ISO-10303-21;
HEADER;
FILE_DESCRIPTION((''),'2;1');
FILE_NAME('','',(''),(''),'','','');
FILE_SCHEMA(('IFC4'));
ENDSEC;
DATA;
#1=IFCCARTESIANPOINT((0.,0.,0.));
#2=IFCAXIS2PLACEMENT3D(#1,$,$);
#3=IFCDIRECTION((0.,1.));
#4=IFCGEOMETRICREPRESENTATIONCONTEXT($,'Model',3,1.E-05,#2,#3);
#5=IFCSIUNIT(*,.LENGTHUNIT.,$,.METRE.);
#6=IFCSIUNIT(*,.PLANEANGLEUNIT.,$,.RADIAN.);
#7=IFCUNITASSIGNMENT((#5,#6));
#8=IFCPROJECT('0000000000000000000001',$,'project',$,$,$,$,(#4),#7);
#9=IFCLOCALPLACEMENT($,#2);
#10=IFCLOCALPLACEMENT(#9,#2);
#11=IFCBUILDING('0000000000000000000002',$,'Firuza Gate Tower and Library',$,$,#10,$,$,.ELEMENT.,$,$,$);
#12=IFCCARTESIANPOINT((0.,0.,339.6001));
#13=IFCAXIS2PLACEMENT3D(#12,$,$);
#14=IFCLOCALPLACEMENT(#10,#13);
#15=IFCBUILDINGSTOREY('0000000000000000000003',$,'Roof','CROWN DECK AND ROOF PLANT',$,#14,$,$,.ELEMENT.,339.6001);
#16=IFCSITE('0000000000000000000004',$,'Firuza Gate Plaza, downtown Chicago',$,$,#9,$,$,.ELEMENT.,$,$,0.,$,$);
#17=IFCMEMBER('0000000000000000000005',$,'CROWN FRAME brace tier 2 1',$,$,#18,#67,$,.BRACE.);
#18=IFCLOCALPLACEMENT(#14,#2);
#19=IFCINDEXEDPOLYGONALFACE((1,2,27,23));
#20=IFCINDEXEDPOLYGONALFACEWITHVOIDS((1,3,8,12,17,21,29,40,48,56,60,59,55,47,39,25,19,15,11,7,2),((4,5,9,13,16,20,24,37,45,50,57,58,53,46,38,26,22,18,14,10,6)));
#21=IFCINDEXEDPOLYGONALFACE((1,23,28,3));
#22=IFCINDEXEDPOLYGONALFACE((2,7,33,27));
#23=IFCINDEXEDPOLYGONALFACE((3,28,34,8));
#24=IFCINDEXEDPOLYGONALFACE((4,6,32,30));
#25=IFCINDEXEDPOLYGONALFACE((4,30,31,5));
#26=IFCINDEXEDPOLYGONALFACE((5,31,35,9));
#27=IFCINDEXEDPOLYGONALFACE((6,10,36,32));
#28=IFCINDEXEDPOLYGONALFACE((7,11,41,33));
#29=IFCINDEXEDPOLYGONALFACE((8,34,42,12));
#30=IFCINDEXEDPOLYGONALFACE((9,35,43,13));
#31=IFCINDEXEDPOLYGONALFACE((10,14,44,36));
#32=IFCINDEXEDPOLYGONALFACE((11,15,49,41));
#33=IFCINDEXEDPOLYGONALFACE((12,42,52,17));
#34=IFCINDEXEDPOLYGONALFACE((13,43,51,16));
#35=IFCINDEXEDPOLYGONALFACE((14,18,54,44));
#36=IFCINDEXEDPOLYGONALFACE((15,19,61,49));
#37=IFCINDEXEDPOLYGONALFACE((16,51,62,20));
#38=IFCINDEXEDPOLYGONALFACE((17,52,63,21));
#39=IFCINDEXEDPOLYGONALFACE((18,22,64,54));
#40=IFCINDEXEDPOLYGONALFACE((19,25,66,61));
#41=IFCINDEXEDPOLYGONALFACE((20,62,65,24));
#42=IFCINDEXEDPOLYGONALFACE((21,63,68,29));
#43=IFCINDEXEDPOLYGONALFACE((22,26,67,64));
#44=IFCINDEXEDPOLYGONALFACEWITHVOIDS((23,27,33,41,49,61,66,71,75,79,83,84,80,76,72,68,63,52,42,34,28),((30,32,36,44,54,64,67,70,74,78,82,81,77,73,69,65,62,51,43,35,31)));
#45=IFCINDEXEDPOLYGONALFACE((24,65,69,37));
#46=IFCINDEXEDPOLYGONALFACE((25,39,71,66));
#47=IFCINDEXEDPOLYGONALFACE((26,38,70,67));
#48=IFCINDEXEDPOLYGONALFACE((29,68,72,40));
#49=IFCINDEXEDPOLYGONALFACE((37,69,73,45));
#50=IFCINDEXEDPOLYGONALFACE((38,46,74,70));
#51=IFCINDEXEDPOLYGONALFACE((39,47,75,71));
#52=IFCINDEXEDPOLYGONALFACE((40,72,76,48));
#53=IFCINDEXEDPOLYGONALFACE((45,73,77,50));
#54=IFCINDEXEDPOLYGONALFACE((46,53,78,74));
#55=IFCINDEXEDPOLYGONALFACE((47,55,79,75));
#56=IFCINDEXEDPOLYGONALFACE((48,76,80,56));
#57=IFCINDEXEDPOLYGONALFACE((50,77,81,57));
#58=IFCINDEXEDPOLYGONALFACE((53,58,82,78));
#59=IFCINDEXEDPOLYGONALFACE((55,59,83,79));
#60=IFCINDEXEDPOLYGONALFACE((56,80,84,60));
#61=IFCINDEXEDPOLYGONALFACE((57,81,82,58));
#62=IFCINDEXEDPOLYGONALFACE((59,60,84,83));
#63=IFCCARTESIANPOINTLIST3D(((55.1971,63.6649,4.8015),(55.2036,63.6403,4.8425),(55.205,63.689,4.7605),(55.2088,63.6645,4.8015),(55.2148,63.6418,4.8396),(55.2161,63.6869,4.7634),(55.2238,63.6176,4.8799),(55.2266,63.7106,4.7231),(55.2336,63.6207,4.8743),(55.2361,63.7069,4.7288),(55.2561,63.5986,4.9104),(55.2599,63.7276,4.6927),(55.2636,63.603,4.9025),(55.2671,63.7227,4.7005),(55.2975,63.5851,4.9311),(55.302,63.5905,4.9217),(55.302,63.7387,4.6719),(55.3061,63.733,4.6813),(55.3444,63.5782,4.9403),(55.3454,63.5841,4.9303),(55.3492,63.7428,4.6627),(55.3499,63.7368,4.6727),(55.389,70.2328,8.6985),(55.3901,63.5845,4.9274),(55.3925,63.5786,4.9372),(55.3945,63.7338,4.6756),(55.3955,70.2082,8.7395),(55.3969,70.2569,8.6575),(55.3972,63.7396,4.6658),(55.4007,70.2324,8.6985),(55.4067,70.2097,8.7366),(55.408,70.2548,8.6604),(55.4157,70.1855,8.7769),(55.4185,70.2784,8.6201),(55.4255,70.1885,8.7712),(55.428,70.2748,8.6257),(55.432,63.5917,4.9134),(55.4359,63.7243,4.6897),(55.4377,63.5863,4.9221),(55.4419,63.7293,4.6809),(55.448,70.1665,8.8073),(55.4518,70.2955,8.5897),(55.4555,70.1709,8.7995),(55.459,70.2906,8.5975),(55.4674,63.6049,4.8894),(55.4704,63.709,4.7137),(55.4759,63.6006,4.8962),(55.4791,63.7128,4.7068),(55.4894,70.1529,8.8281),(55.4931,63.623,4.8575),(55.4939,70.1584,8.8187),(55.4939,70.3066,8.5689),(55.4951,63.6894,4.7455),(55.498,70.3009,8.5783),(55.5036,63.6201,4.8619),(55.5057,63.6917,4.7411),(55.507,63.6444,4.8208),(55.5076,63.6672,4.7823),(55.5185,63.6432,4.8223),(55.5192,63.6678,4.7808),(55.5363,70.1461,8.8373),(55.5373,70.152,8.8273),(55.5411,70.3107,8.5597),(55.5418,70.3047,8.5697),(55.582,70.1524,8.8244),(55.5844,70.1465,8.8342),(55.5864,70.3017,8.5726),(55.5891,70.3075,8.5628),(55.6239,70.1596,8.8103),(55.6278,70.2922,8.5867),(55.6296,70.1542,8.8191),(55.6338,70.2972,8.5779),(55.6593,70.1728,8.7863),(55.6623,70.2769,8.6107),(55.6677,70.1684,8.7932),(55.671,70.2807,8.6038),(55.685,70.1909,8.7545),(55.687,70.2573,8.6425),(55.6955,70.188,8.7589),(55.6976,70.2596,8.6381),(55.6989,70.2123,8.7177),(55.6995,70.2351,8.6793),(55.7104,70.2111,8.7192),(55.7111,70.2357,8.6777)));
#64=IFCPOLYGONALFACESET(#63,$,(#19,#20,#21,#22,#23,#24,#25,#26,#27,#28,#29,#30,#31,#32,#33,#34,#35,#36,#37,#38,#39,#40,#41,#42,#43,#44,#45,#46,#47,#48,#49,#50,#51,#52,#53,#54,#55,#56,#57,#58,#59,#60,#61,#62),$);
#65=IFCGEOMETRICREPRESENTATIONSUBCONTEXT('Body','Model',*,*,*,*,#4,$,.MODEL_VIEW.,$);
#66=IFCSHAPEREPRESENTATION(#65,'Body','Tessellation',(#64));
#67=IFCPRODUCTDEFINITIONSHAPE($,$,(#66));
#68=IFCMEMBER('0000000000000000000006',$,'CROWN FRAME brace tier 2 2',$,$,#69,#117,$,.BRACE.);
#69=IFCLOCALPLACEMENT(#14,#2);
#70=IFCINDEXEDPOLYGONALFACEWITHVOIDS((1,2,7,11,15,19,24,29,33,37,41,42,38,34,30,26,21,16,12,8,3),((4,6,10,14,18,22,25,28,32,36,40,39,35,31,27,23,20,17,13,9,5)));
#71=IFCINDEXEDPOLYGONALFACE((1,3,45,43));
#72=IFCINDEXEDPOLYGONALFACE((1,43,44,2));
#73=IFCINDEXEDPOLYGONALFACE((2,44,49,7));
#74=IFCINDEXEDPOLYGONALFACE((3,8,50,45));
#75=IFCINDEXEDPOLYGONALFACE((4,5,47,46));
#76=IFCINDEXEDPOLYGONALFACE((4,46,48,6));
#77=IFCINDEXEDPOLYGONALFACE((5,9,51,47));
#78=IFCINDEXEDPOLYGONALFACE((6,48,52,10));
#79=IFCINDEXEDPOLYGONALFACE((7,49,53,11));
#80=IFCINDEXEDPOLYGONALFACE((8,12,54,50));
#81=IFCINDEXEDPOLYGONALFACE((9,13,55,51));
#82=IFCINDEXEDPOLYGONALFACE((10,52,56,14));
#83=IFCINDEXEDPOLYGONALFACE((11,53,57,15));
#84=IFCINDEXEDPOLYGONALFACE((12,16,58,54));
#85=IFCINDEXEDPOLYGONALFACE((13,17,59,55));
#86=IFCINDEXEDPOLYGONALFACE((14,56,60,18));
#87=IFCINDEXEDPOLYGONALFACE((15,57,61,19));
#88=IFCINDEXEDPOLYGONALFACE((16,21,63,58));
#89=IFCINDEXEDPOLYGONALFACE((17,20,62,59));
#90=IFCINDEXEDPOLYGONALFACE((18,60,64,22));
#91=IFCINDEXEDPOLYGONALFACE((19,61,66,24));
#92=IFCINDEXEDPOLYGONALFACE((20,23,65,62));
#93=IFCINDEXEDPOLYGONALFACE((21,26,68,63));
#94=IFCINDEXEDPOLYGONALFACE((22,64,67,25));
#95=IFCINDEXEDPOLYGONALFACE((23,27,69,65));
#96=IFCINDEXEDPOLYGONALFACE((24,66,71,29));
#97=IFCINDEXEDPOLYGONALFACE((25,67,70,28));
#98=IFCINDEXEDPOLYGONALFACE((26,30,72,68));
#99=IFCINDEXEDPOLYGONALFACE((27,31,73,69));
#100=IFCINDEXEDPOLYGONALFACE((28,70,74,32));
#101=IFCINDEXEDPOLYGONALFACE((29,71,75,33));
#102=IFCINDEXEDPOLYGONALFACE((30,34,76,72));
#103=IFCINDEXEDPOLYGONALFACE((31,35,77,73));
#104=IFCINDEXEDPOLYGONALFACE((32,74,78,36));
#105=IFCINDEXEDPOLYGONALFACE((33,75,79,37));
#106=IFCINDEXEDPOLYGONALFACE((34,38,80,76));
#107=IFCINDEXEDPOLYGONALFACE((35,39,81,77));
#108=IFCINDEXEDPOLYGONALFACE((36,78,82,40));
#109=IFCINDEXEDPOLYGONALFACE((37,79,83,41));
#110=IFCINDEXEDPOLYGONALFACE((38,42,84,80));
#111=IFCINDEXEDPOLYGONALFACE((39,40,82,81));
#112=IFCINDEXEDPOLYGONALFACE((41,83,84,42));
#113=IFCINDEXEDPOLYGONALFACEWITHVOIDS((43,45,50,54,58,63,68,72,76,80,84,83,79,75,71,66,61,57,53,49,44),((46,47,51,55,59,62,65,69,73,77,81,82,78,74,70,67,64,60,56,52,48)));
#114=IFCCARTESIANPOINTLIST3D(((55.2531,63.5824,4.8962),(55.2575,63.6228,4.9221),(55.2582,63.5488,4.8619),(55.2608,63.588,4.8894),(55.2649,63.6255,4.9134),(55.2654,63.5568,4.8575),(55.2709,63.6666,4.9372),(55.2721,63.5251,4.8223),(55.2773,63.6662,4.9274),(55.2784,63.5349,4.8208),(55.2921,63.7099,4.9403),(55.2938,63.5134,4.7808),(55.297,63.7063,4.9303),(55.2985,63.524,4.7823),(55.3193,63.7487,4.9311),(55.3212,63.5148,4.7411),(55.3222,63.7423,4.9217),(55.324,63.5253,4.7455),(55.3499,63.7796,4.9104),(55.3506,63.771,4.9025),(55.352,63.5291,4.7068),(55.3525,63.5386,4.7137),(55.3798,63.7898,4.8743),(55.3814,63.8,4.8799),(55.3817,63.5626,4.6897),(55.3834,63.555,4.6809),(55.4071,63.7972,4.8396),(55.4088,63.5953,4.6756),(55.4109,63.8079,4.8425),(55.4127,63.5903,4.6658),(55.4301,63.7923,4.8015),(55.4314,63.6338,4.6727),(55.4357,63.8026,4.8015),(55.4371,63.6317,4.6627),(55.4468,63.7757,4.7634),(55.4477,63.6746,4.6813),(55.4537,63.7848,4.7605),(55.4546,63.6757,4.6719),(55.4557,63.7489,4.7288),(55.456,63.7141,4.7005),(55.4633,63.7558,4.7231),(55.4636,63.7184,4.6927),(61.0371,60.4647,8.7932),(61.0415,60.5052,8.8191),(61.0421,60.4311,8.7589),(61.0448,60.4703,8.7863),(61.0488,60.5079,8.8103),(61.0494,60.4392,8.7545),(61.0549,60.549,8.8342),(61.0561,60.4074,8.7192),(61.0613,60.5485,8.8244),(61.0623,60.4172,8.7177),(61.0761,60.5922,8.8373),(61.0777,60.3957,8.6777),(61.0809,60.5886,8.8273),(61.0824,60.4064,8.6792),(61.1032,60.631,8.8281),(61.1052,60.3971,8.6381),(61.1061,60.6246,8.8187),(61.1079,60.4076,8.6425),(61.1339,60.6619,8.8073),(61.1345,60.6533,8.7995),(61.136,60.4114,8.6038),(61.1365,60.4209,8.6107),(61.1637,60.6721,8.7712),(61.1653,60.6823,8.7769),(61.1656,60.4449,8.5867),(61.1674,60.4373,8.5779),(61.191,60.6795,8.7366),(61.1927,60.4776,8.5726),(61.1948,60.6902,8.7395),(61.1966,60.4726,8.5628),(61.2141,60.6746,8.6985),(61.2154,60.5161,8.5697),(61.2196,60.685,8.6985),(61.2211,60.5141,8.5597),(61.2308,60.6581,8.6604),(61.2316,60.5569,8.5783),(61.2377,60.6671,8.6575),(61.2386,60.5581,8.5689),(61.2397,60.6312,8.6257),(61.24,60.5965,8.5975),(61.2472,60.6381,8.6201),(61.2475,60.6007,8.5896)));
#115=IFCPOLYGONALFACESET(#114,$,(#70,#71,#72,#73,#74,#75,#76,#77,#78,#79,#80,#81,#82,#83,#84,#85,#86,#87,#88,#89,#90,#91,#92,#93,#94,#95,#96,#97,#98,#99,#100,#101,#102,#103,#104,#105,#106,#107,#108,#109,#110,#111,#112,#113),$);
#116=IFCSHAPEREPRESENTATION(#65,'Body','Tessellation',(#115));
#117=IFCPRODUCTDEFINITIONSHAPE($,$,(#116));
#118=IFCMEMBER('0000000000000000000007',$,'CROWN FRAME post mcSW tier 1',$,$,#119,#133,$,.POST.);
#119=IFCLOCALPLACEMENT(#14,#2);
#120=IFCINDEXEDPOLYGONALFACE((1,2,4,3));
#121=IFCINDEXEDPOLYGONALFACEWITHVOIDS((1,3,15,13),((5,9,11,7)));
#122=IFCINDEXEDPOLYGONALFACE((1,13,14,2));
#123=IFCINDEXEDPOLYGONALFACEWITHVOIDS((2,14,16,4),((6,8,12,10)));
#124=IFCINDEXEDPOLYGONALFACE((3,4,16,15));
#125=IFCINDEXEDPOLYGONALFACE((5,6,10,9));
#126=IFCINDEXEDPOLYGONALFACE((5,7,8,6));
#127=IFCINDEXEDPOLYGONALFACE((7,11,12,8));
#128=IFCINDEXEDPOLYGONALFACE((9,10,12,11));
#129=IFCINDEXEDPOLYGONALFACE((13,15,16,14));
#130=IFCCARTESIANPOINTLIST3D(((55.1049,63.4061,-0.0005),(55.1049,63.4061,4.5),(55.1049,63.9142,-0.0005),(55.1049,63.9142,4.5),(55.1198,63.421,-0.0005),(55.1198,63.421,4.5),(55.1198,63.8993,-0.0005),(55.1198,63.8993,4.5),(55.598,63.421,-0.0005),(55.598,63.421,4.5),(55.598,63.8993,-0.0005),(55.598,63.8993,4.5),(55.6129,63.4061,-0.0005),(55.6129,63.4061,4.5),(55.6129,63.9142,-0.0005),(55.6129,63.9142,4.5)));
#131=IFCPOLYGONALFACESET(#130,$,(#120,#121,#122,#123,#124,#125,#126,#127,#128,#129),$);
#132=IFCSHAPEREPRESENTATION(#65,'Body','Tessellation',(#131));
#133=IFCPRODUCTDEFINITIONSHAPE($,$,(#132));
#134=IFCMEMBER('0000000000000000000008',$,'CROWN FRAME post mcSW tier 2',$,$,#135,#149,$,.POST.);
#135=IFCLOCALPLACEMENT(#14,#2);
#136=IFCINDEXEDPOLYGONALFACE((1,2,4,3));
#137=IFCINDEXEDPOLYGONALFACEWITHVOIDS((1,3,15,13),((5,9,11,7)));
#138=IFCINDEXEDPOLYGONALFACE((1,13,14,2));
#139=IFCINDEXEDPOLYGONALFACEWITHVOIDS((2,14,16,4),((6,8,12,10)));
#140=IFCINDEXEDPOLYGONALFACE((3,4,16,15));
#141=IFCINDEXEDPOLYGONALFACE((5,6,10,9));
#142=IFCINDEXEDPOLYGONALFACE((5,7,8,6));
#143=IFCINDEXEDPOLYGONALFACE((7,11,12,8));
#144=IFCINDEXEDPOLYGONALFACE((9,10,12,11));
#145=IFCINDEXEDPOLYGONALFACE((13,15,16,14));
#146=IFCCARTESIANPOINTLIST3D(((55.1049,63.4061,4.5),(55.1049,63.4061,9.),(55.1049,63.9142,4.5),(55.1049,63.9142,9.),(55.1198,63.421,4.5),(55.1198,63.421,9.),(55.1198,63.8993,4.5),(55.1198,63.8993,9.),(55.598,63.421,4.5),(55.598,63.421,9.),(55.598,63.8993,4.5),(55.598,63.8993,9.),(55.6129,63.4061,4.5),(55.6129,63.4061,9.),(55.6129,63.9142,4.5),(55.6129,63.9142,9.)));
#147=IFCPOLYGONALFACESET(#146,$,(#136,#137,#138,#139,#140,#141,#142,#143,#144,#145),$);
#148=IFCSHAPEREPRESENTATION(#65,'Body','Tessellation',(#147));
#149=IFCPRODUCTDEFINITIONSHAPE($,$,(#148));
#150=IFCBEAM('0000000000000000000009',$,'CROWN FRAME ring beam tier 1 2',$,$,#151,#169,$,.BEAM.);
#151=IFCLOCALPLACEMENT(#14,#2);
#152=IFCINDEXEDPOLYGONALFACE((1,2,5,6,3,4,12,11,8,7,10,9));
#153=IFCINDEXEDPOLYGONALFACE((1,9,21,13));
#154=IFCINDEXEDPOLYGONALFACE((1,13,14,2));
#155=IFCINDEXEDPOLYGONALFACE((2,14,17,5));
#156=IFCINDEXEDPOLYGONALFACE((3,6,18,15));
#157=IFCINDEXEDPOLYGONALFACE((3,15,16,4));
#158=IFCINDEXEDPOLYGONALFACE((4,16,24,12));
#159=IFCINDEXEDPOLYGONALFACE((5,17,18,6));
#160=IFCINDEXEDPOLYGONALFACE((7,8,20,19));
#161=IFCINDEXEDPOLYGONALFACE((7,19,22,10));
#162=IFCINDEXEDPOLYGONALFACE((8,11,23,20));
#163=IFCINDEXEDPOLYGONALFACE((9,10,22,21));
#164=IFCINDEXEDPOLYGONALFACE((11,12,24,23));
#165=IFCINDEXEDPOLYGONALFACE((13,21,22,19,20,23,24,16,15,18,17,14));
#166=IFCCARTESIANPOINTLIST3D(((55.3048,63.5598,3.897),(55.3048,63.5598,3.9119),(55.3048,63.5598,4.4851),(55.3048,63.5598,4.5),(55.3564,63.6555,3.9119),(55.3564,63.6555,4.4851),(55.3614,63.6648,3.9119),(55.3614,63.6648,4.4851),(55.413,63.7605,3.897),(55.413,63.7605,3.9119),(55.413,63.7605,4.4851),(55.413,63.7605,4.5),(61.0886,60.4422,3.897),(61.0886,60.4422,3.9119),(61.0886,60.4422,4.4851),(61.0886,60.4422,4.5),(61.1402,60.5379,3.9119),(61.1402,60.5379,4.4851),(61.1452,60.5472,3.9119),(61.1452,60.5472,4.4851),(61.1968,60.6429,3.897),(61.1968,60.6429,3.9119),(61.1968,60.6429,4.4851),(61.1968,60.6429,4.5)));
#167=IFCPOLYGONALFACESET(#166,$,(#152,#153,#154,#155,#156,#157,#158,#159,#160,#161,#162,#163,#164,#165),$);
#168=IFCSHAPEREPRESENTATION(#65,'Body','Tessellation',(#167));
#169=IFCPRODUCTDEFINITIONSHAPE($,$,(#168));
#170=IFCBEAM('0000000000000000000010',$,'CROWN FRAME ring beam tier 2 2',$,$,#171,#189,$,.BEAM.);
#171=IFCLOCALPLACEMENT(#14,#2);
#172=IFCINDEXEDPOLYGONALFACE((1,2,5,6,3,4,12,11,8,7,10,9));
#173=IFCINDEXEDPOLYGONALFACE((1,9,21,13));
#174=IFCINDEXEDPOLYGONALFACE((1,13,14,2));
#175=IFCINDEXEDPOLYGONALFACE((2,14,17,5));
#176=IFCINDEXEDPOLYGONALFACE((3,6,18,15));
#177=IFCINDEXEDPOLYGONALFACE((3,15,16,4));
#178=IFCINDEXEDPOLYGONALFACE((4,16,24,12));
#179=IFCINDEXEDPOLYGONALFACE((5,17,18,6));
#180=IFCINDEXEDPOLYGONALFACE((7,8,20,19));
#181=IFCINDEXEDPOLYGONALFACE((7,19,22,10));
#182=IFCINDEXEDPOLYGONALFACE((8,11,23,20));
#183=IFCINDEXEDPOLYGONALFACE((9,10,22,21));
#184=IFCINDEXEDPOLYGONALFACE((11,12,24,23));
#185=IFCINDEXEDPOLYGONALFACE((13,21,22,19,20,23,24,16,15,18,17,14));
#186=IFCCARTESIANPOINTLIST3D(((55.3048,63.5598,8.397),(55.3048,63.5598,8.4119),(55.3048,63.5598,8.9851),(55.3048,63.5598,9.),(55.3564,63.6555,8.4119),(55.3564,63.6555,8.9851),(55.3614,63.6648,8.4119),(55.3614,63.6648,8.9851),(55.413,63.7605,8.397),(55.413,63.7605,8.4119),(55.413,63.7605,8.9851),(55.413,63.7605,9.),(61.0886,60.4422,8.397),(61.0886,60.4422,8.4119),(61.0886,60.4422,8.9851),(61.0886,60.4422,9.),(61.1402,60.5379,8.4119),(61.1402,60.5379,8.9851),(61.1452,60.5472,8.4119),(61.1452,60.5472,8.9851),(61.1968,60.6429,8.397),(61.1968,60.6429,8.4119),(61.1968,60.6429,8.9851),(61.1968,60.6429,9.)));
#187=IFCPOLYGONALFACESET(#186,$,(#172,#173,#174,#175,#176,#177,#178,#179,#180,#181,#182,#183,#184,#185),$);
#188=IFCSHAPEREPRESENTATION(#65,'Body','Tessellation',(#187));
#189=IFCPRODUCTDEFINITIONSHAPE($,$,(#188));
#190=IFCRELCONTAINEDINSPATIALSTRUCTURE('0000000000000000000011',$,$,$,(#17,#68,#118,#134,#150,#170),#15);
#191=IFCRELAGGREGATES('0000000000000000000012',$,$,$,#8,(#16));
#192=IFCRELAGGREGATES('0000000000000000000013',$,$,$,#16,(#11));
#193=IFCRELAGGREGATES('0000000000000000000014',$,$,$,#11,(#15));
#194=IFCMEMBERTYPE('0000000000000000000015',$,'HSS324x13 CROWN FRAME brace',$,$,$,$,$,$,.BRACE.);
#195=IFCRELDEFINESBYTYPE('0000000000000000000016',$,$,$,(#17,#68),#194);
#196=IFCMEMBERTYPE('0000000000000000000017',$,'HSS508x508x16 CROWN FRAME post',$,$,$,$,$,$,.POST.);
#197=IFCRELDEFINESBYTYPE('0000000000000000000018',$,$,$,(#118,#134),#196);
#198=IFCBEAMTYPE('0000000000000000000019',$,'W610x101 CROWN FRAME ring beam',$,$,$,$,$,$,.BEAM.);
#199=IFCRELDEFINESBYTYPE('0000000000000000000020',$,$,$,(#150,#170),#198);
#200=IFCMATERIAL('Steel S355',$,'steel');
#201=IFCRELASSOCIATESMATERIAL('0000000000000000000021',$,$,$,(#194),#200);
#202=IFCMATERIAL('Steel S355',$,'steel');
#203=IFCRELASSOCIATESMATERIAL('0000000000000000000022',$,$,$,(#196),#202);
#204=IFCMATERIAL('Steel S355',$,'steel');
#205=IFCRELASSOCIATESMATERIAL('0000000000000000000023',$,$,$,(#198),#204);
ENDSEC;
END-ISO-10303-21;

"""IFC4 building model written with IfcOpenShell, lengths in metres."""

from ifc_helpers import new_model, si_unit, direction, frame, origin, origin_2d, place, context, subcontext, project, spatial, hollow_rectangle, hollow_circle, i_section, extrude, material, material_profile, profile_set, type_object, element, save


model = new_model("IFC4")

# Units and contexts
model_context = context("Model", 3, precision=1e-05, world=origin(), true_north=direction((0.0, 1.0)))
body_context = subcontext(model_context, "Body", "Model", "MODEL_VIEW")
ifc_project = project(units=[si_unit("LENGTHUNIT", "METRE"), si_unit("PLANEANGLEUNIT", "RADIAN")], contexts=[model_context])

# Site, building, storey
site_placement = place(None, origin())
site = spatial("IfcSite", under=ifc_project, at=site_placement, Name="Firuza Gate Plaza, downtown Chicago", CompositionType="ELEMENT", RefElevation=0.0)
building_placement = place(site_placement, origin())
building = spatial("IfcBuilding", under=site, at=building_placement, Name="Firuza Gate Tower and Library", CompositionType="ELEMENT")
storey_placement = place(building_placement, frame((0.0, 0.0, 339.6001)))
storey = spatial("IfcBuildingStorey", under=building, at=storey_placement, Name="Roof", Description="CROWN DECK AND ROOF PLANT", CompositionType="ELEMENT", Elevation=339.6001)

# Members
ifc_material_1 = material(Name="Steel S355", Category="steel")
ifc_material_profile_1 = material_profile(ifc_material_1, hollow_circle(Radius=0.1619, WallThickness=0.0117, at=origin_2d()))
ifc_profile_set_1 = profile_set([ifc_material_profile_1], Name="Steel S355")
member_type_1 = type_object("IfcMemberType", Name="HSS324x13 CROWN FRAME brace", PredefinedType="BRACE", material=ifc_profile_set_1)
for number, where, z_axis, x_axis, name in (
    (1, (55.3589, 63.6602, 4.8015), (0.025119, 0.859739, 0.510116), (-0.999573, 0.029205, 0.0), "CROWN FRAME brace tier 2 1"),
    (2, (55.3589, 63.6602, 4.8015), (0.757121, -0.408106, 0.510116), (0.474483, 0.880265, 0.0), "CROWN FRAME brace tier 2 2"),
):
    element("IfcMember", number, at=place(storey_placement, frame(where, z_axis=z_axis, x_axis=x_axis)), inside=storey, type_object=member_type_1, Name=name, PredefinedType="BRACE", context=body_context, shape_type="SweptSolid", body=[
        extrude(hollow_circle(Radius=0.1619, WallThickness=0.0117, at=origin_2d()), origin(), (0.0, 0.0, 1.0), 7.6394),
    ])
ifc_material_2 = material(Name="Steel S355", Category="steel")
ifc_material_profile_2 = material_profile(ifc_material_2, hollow_rectangle(XDim=0.5081, YDim=0.5081, WallThickness=0.0149, at=origin_2d()))
ifc_profile_set_2 = profile_set([ifc_material_profile_2], Name="Steel S355")
member_type_2 = type_object("IfcMemberType", Name="HSS508x508x16 CROWN FRAME post", PredefinedType="POST", material=ifc_profile_set_2)
member_1_placement = place(storey_placement, frame((55.3589, 63.6602, -0.0005), z_axis=(0.0, 0.0, 1.0), x_axis=(1.0, 0.0, 0.0)))
element("IfcMember", 3, at=member_1_placement, inside=storey, type_object=member_type_2, Name="CROWN FRAME post mcSW tier 1", PredefinedType="POST", context=body_context, shape_type="SweptSolid", body=[
    extrude(hollow_rectangle(XDim=0.5081, YDim=0.5081, WallThickness=0.0149, at=origin_2d()), origin(), (0.0, 0.0, 1.0), 4.5005),
])
member_2_placement = place(storey_placement, frame((55.3589, 63.6602, 4.5), z_axis=(0.0, 0.0, 1.0), x_axis=(1.0, 0.0, 0.0)))
element("IfcMember", 4, at=member_2_placement, inside=storey, type_object=member_type_2, Name="CROWN FRAME post mcSW tier 2", PredefinedType="POST", context=body_context, shape_type="SweptSolid", body=[
    extrude(hollow_rectangle(XDim=0.5081, YDim=0.5081, WallThickness=0.0149, at=origin_2d()), origin(), (0.0, 0.0, 1.0), 4.5),
])

# Beams
ifc_material_3 = material(Name="Steel S355", Category="steel")
ifc_material_profile_3 = material_profile(ifc_material_3, i_section(OverallWidth=0.228, OverallDepth=0.603, WebThickness=0.0105, FlangeThickness=0.0149, at=origin_2d()))
ifc_profile_set_3 = profile_set([ifc_material_profile_3], Name="Steel S355")
beam_type = type_object("IfcBeamType", Name="W610x101 CROWN FRAME ring beam", PredefinedType="BEAM", material=ifc_profile_set_3)
for number, where, z_axis, x_axis, name in (
    (5, (55.3589, 63.6602, 4.1985), (0.880265, -0.474483, 0.0), (0.474483, 0.880265, 0.0), "CROWN FRAME ring beam tier 1 2"),
    (6, (55.3589, 63.6602, 8.6985), (0.880265, -0.474483, 0.0), (0.474483, 0.880265, 0.0), "CROWN FRAME ring beam tier 2 2"),
):
    element("IfcBeam", number, at=place(storey_placement, frame(where, z_axis=z_axis, x_axis=x_axis)), inside=storey, type_object=beam_type, Name=name, PredefinedType="BEAM", context=body_context, shape_type="SweptSolid", body=[
        extrude(i_section(OverallWidth=0.228, OverallDepth=0.603, WebThickness=0.0105, FlangeThickness=0.0149, at=origin_2d()), origin(), (0.0, 0.0, 1.0), 6.5706),
    ])

save(model, "model.ifc")
